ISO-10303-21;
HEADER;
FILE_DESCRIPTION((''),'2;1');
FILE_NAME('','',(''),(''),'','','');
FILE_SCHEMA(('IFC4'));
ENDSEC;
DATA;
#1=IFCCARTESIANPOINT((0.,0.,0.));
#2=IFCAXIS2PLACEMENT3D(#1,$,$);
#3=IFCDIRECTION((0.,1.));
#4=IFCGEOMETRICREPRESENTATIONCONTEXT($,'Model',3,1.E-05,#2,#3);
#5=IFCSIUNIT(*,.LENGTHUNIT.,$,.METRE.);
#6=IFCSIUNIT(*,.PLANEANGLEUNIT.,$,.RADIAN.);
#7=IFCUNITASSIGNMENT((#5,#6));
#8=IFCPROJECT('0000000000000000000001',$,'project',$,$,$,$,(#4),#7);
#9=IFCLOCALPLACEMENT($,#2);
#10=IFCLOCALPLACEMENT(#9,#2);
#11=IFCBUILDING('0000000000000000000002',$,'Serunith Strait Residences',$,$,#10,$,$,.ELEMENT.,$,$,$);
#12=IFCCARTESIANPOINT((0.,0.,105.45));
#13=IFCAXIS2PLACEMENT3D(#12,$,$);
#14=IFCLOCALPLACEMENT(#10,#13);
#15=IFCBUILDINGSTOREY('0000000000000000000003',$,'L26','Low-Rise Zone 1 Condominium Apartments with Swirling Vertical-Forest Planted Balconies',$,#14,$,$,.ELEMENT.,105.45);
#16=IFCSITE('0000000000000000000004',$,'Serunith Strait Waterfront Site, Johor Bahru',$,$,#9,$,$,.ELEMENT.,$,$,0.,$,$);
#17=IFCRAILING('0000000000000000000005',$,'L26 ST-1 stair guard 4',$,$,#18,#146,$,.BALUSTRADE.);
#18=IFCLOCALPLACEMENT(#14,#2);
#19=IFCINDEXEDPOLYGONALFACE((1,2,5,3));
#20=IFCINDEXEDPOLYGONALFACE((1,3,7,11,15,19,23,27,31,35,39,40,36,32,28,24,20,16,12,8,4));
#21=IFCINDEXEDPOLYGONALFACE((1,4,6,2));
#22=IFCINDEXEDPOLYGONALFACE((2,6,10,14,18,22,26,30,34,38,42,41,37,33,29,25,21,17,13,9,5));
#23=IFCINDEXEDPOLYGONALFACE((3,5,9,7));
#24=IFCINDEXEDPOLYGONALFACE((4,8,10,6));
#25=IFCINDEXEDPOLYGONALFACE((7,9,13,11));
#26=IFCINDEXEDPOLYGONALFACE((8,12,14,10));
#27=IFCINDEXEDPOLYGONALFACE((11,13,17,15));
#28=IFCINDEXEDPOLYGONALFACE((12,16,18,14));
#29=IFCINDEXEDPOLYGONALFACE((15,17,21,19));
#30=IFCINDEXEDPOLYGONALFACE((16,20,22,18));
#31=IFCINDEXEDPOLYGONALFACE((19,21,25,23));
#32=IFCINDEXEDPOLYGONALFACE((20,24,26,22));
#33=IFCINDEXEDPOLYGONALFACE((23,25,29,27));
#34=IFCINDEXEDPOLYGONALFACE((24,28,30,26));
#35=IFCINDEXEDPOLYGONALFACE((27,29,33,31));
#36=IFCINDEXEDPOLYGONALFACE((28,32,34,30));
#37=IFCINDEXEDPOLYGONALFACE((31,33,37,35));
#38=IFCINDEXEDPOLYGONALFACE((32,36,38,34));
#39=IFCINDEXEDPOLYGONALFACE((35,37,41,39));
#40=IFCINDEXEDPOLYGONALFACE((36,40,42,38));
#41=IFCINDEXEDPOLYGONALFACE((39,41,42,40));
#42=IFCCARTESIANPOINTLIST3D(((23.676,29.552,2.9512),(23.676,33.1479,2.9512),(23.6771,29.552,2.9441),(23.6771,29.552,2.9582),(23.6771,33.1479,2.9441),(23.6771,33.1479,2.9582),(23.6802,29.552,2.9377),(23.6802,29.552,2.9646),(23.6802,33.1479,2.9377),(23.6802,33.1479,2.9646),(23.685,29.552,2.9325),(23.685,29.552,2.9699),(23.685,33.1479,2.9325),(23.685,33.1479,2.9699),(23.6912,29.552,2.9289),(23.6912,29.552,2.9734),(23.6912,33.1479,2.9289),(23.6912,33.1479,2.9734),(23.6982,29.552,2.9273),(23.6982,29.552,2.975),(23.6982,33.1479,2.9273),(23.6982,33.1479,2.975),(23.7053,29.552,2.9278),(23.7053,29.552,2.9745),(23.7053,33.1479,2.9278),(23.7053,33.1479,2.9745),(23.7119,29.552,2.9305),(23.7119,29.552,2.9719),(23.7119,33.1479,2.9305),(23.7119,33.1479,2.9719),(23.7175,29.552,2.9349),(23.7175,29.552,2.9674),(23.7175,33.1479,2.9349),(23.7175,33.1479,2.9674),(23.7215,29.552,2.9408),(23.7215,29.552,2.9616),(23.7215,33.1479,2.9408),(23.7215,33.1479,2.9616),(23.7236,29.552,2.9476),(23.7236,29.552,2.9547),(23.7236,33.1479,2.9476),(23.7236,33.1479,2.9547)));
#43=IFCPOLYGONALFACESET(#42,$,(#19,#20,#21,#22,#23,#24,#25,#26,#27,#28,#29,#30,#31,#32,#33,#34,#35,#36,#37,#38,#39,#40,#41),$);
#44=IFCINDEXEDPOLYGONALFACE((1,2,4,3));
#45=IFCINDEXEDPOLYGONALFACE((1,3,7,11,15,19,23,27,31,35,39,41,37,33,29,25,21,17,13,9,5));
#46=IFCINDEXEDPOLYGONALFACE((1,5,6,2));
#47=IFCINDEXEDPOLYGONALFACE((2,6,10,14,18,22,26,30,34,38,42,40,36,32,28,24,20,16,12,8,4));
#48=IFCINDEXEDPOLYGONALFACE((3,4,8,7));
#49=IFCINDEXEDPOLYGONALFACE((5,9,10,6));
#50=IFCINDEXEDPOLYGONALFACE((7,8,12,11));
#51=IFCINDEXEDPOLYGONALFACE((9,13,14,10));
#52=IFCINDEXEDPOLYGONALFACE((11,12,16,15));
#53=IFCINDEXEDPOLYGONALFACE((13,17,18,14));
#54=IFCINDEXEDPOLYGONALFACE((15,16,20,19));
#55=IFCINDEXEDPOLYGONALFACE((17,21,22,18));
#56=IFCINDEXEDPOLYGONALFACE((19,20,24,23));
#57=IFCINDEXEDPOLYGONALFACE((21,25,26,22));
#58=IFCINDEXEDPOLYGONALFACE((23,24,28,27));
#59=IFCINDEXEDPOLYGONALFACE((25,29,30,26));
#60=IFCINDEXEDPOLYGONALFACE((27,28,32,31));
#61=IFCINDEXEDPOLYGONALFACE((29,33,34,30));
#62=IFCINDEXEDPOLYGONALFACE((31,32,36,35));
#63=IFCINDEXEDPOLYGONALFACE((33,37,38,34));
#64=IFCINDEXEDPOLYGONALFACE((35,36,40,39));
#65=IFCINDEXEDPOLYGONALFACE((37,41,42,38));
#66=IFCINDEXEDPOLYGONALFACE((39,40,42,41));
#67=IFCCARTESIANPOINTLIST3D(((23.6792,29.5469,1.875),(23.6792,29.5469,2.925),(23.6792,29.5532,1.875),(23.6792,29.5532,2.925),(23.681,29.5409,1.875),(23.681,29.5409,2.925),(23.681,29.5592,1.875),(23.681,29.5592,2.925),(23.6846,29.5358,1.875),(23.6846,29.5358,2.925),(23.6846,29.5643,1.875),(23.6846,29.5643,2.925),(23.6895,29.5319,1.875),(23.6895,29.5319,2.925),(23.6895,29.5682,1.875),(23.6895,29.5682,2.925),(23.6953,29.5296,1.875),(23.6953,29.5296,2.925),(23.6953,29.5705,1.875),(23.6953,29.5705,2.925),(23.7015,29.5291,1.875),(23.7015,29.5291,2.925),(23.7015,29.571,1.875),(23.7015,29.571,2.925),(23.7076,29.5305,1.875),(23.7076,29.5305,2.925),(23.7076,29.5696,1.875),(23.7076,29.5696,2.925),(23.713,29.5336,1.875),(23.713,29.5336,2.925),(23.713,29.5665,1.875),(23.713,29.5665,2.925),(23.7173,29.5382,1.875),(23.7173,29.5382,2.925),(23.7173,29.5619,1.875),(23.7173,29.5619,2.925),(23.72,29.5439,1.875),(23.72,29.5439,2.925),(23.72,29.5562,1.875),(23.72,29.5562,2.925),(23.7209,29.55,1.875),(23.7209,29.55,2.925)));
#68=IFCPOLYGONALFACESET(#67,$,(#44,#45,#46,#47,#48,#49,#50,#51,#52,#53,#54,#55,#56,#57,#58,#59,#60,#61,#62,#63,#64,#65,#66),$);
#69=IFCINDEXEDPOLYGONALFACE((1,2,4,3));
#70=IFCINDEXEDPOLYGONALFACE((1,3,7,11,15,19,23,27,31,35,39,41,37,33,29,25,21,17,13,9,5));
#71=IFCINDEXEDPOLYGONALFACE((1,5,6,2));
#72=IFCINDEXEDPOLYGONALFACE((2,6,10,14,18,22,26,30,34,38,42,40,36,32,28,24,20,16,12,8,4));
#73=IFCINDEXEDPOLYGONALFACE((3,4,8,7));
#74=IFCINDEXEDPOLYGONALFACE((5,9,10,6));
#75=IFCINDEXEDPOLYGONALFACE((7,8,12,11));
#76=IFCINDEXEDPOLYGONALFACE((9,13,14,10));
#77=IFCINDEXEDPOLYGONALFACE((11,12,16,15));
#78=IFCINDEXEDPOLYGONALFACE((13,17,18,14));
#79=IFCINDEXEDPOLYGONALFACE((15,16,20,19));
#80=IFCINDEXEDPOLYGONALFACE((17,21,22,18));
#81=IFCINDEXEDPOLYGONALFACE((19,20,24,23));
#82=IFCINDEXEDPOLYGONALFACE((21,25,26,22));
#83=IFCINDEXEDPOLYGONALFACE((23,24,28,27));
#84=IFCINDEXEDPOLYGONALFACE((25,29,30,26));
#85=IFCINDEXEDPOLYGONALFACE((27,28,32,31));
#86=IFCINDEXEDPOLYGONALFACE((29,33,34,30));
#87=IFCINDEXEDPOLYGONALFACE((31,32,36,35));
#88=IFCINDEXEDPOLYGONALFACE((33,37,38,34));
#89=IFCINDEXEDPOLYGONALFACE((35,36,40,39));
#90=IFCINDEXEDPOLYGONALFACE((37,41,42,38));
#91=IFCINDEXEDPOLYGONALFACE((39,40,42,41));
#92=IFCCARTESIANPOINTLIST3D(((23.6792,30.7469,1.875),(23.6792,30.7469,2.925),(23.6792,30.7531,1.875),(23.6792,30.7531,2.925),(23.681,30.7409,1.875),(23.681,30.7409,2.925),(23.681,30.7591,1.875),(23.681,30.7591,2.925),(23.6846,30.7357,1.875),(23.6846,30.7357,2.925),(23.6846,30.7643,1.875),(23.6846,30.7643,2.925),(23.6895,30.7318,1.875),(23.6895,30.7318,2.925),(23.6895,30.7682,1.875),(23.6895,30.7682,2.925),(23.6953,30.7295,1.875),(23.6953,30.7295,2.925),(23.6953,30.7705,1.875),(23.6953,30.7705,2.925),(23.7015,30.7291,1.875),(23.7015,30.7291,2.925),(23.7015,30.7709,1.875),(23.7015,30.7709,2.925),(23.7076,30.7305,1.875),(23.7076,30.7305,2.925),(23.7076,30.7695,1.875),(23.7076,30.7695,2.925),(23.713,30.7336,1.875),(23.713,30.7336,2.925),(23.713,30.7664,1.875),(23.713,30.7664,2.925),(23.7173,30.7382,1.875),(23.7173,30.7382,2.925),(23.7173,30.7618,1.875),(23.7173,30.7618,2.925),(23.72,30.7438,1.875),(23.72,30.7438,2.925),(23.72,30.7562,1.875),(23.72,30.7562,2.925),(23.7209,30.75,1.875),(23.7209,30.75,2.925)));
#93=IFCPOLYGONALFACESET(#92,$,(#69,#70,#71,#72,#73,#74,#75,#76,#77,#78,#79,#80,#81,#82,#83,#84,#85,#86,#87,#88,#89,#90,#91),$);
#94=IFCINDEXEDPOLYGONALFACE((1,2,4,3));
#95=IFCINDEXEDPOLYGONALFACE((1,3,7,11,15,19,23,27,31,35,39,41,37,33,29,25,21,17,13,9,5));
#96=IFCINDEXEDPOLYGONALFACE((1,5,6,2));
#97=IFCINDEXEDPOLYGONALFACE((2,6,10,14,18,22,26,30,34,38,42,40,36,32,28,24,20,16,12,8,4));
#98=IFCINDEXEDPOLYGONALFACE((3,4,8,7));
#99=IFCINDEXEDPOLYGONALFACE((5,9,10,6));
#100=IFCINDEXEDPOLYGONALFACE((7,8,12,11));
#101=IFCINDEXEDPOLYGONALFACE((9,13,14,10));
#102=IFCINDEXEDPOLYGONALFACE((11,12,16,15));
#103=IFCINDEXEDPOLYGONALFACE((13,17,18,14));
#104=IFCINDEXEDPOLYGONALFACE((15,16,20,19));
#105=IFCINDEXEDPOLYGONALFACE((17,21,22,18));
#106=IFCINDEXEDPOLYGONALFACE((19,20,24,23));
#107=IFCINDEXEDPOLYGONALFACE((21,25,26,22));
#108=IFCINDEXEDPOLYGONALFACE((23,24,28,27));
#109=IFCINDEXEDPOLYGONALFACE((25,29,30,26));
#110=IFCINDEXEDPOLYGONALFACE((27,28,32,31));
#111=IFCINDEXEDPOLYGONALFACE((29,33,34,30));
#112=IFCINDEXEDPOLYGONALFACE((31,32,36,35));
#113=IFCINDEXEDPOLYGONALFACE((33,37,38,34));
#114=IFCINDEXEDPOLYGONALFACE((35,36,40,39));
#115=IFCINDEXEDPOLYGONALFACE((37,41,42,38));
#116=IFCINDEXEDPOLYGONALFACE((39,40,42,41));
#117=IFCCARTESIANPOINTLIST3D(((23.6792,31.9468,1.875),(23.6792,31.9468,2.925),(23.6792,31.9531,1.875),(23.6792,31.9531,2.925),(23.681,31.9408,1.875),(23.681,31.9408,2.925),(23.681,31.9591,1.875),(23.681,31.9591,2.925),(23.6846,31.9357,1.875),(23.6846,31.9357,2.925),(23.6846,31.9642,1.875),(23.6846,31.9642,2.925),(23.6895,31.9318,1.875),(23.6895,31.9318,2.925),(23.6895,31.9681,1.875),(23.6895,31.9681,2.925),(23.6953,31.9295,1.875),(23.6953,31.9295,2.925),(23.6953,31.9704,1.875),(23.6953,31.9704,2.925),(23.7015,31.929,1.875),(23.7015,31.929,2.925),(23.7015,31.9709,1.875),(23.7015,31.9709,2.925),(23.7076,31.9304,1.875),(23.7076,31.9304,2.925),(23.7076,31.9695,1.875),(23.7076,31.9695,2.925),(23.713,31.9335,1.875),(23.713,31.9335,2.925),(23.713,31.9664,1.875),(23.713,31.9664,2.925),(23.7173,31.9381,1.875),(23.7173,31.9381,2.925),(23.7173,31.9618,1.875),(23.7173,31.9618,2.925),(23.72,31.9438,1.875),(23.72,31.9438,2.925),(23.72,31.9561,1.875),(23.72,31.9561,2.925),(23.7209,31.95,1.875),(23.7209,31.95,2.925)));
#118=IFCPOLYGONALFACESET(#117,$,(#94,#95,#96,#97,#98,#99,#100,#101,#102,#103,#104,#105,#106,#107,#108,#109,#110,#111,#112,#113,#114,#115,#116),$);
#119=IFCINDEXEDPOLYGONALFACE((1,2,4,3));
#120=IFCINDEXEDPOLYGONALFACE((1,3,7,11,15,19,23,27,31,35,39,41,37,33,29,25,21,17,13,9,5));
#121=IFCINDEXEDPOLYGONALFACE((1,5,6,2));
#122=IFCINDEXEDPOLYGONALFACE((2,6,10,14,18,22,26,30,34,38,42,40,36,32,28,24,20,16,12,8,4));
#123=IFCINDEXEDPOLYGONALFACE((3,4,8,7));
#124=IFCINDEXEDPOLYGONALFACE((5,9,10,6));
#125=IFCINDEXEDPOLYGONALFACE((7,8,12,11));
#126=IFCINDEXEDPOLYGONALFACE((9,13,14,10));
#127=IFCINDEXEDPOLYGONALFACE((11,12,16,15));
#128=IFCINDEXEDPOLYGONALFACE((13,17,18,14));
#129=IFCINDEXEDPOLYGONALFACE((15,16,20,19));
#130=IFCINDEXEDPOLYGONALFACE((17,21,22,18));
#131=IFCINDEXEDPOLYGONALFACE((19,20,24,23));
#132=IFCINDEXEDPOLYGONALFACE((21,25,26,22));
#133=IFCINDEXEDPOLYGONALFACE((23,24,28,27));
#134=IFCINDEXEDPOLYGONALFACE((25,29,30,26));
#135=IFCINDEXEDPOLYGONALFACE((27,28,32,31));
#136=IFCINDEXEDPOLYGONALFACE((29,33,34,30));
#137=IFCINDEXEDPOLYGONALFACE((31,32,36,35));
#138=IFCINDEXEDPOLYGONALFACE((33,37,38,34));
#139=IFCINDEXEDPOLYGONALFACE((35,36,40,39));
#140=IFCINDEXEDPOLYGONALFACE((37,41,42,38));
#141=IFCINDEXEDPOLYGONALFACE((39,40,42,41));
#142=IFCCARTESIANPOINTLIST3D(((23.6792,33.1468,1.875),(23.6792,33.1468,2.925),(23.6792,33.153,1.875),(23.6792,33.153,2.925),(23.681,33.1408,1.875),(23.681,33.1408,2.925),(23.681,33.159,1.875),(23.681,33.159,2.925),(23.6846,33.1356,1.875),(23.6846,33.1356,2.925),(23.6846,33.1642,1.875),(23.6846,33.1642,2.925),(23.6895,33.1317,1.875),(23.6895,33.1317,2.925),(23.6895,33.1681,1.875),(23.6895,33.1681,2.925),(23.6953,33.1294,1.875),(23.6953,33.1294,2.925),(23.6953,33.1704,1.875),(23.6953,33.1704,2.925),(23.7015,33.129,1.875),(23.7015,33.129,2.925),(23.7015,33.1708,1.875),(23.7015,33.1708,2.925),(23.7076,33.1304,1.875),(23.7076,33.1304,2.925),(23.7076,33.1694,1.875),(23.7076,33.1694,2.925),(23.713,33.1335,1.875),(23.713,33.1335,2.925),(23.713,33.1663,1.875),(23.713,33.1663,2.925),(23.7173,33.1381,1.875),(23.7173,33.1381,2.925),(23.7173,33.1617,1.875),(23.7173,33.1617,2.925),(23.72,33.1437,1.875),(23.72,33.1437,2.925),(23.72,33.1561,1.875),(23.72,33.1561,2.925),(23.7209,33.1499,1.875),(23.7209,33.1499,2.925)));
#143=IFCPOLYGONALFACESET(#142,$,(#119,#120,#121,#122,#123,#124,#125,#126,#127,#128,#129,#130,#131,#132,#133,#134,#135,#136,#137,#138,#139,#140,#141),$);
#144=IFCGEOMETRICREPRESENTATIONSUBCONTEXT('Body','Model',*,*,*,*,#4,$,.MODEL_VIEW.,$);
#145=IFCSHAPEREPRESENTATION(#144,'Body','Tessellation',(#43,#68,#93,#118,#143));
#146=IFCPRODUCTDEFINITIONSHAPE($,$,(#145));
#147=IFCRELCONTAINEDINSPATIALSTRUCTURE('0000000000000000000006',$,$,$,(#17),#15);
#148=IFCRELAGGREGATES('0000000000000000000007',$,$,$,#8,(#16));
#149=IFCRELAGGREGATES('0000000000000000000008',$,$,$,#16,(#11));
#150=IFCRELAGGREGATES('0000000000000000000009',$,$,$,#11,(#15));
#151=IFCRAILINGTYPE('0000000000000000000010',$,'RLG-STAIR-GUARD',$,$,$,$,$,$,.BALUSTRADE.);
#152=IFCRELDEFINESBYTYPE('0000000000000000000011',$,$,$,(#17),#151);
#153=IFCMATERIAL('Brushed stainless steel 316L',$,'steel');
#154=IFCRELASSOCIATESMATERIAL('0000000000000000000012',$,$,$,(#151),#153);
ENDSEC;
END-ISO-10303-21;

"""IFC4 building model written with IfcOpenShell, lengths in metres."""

from ifc_helpers import new_model, si_unit, direction, frame, origin, origin_2d, place, context, subcontext, project, spatial, circle, extrude, material, type_object, element, save


model = new_model("IFC4")

# Units and contexts
model_context = context("Model", 3, precision=1e-05, world=origin(), true_north=direction((0.0, 1.0)))
body_context = subcontext(model_context, "Body", "Model", "MODEL_VIEW")
ifc_project = project(units=[si_unit("LENGTHUNIT", "METRE"), si_unit("PLANEANGLEUNIT", "RADIAN")], contexts=[model_context])

# Site, building, storey
site_placement = place(None, origin())
site = spatial("IfcSite", under=ifc_project, at=site_placement, Name="Serunith Strait Waterfront Site, Johor Bahru", CompositionType="ELEMENT", RefElevation=0.0)
building_placement = place(site_placement, origin())
building = spatial("IfcBuilding", under=site, at=building_placement, Name="Serunith Strait Residences", CompositionType="ELEMENT")
storey_placement = place(building_placement, frame((0.0, 0.0, 105.45)))
storey = spatial("IfcBuildingStorey", under=building, at=storey_placement, Name="L26", Description="Low-Rise Zone 1 Condominium Apartments with Swirling Vertical-Forest Planted Balconies", CompositionType="ELEMENT", Elevation=105.45)

# Railing
ifc_material_1 = material(Name="Brushed stainless steel 316L", Category="steel")
railing_type_1 = type_object("IfcRailingType", Name="RLG-STAIR-GUARD", PredefinedType="BALUSTRADE", material=ifc_material_1)
for number, where, name in (
    (1, (23.7, 29.55, 1.875), "L26 ST-1 stair guard 4"),
):
    element("IfcRailing", number, at=place(storey_placement, frame(where)), inside=storey, type_object=railing_type_1, Name=name, PredefinedType="BALUSTRADE", context=body_context, shape_type="SweptSolid", body=[
        extrude(circle(Radius=0.0239, at=origin_2d()), frame((0.0, 0.002, 1.0762), z_axis=(0.0, 1.0, 0.0), x_axis=(-1.0, 0.0, 0.0)), (0.0, 0.0, 1.0), 3.5959),
        extrude(circle(Radius=0.021, at=origin_2d()), origin(), (0.0, 0.0, 1.0), 1.05),
        extrude(circle(Radius=0.021, at=origin_2d()), frame((0.0, 1.2, 0.0)), (0.0, 0.0, 1.0), 1.05),
        extrude(circle(Radius=0.021, at=origin_2d()), frame((0.0, 2.3999, 0.0)), (0.0, 0.0, 1.0), 1.05),
        extrude(circle(Radius=0.021, at=origin_2d()), frame((0.0, 3.5999, 0.0)), (0.0, 0.0, 1.0), 1.05),
    ])

save(model, "model.ifc")
